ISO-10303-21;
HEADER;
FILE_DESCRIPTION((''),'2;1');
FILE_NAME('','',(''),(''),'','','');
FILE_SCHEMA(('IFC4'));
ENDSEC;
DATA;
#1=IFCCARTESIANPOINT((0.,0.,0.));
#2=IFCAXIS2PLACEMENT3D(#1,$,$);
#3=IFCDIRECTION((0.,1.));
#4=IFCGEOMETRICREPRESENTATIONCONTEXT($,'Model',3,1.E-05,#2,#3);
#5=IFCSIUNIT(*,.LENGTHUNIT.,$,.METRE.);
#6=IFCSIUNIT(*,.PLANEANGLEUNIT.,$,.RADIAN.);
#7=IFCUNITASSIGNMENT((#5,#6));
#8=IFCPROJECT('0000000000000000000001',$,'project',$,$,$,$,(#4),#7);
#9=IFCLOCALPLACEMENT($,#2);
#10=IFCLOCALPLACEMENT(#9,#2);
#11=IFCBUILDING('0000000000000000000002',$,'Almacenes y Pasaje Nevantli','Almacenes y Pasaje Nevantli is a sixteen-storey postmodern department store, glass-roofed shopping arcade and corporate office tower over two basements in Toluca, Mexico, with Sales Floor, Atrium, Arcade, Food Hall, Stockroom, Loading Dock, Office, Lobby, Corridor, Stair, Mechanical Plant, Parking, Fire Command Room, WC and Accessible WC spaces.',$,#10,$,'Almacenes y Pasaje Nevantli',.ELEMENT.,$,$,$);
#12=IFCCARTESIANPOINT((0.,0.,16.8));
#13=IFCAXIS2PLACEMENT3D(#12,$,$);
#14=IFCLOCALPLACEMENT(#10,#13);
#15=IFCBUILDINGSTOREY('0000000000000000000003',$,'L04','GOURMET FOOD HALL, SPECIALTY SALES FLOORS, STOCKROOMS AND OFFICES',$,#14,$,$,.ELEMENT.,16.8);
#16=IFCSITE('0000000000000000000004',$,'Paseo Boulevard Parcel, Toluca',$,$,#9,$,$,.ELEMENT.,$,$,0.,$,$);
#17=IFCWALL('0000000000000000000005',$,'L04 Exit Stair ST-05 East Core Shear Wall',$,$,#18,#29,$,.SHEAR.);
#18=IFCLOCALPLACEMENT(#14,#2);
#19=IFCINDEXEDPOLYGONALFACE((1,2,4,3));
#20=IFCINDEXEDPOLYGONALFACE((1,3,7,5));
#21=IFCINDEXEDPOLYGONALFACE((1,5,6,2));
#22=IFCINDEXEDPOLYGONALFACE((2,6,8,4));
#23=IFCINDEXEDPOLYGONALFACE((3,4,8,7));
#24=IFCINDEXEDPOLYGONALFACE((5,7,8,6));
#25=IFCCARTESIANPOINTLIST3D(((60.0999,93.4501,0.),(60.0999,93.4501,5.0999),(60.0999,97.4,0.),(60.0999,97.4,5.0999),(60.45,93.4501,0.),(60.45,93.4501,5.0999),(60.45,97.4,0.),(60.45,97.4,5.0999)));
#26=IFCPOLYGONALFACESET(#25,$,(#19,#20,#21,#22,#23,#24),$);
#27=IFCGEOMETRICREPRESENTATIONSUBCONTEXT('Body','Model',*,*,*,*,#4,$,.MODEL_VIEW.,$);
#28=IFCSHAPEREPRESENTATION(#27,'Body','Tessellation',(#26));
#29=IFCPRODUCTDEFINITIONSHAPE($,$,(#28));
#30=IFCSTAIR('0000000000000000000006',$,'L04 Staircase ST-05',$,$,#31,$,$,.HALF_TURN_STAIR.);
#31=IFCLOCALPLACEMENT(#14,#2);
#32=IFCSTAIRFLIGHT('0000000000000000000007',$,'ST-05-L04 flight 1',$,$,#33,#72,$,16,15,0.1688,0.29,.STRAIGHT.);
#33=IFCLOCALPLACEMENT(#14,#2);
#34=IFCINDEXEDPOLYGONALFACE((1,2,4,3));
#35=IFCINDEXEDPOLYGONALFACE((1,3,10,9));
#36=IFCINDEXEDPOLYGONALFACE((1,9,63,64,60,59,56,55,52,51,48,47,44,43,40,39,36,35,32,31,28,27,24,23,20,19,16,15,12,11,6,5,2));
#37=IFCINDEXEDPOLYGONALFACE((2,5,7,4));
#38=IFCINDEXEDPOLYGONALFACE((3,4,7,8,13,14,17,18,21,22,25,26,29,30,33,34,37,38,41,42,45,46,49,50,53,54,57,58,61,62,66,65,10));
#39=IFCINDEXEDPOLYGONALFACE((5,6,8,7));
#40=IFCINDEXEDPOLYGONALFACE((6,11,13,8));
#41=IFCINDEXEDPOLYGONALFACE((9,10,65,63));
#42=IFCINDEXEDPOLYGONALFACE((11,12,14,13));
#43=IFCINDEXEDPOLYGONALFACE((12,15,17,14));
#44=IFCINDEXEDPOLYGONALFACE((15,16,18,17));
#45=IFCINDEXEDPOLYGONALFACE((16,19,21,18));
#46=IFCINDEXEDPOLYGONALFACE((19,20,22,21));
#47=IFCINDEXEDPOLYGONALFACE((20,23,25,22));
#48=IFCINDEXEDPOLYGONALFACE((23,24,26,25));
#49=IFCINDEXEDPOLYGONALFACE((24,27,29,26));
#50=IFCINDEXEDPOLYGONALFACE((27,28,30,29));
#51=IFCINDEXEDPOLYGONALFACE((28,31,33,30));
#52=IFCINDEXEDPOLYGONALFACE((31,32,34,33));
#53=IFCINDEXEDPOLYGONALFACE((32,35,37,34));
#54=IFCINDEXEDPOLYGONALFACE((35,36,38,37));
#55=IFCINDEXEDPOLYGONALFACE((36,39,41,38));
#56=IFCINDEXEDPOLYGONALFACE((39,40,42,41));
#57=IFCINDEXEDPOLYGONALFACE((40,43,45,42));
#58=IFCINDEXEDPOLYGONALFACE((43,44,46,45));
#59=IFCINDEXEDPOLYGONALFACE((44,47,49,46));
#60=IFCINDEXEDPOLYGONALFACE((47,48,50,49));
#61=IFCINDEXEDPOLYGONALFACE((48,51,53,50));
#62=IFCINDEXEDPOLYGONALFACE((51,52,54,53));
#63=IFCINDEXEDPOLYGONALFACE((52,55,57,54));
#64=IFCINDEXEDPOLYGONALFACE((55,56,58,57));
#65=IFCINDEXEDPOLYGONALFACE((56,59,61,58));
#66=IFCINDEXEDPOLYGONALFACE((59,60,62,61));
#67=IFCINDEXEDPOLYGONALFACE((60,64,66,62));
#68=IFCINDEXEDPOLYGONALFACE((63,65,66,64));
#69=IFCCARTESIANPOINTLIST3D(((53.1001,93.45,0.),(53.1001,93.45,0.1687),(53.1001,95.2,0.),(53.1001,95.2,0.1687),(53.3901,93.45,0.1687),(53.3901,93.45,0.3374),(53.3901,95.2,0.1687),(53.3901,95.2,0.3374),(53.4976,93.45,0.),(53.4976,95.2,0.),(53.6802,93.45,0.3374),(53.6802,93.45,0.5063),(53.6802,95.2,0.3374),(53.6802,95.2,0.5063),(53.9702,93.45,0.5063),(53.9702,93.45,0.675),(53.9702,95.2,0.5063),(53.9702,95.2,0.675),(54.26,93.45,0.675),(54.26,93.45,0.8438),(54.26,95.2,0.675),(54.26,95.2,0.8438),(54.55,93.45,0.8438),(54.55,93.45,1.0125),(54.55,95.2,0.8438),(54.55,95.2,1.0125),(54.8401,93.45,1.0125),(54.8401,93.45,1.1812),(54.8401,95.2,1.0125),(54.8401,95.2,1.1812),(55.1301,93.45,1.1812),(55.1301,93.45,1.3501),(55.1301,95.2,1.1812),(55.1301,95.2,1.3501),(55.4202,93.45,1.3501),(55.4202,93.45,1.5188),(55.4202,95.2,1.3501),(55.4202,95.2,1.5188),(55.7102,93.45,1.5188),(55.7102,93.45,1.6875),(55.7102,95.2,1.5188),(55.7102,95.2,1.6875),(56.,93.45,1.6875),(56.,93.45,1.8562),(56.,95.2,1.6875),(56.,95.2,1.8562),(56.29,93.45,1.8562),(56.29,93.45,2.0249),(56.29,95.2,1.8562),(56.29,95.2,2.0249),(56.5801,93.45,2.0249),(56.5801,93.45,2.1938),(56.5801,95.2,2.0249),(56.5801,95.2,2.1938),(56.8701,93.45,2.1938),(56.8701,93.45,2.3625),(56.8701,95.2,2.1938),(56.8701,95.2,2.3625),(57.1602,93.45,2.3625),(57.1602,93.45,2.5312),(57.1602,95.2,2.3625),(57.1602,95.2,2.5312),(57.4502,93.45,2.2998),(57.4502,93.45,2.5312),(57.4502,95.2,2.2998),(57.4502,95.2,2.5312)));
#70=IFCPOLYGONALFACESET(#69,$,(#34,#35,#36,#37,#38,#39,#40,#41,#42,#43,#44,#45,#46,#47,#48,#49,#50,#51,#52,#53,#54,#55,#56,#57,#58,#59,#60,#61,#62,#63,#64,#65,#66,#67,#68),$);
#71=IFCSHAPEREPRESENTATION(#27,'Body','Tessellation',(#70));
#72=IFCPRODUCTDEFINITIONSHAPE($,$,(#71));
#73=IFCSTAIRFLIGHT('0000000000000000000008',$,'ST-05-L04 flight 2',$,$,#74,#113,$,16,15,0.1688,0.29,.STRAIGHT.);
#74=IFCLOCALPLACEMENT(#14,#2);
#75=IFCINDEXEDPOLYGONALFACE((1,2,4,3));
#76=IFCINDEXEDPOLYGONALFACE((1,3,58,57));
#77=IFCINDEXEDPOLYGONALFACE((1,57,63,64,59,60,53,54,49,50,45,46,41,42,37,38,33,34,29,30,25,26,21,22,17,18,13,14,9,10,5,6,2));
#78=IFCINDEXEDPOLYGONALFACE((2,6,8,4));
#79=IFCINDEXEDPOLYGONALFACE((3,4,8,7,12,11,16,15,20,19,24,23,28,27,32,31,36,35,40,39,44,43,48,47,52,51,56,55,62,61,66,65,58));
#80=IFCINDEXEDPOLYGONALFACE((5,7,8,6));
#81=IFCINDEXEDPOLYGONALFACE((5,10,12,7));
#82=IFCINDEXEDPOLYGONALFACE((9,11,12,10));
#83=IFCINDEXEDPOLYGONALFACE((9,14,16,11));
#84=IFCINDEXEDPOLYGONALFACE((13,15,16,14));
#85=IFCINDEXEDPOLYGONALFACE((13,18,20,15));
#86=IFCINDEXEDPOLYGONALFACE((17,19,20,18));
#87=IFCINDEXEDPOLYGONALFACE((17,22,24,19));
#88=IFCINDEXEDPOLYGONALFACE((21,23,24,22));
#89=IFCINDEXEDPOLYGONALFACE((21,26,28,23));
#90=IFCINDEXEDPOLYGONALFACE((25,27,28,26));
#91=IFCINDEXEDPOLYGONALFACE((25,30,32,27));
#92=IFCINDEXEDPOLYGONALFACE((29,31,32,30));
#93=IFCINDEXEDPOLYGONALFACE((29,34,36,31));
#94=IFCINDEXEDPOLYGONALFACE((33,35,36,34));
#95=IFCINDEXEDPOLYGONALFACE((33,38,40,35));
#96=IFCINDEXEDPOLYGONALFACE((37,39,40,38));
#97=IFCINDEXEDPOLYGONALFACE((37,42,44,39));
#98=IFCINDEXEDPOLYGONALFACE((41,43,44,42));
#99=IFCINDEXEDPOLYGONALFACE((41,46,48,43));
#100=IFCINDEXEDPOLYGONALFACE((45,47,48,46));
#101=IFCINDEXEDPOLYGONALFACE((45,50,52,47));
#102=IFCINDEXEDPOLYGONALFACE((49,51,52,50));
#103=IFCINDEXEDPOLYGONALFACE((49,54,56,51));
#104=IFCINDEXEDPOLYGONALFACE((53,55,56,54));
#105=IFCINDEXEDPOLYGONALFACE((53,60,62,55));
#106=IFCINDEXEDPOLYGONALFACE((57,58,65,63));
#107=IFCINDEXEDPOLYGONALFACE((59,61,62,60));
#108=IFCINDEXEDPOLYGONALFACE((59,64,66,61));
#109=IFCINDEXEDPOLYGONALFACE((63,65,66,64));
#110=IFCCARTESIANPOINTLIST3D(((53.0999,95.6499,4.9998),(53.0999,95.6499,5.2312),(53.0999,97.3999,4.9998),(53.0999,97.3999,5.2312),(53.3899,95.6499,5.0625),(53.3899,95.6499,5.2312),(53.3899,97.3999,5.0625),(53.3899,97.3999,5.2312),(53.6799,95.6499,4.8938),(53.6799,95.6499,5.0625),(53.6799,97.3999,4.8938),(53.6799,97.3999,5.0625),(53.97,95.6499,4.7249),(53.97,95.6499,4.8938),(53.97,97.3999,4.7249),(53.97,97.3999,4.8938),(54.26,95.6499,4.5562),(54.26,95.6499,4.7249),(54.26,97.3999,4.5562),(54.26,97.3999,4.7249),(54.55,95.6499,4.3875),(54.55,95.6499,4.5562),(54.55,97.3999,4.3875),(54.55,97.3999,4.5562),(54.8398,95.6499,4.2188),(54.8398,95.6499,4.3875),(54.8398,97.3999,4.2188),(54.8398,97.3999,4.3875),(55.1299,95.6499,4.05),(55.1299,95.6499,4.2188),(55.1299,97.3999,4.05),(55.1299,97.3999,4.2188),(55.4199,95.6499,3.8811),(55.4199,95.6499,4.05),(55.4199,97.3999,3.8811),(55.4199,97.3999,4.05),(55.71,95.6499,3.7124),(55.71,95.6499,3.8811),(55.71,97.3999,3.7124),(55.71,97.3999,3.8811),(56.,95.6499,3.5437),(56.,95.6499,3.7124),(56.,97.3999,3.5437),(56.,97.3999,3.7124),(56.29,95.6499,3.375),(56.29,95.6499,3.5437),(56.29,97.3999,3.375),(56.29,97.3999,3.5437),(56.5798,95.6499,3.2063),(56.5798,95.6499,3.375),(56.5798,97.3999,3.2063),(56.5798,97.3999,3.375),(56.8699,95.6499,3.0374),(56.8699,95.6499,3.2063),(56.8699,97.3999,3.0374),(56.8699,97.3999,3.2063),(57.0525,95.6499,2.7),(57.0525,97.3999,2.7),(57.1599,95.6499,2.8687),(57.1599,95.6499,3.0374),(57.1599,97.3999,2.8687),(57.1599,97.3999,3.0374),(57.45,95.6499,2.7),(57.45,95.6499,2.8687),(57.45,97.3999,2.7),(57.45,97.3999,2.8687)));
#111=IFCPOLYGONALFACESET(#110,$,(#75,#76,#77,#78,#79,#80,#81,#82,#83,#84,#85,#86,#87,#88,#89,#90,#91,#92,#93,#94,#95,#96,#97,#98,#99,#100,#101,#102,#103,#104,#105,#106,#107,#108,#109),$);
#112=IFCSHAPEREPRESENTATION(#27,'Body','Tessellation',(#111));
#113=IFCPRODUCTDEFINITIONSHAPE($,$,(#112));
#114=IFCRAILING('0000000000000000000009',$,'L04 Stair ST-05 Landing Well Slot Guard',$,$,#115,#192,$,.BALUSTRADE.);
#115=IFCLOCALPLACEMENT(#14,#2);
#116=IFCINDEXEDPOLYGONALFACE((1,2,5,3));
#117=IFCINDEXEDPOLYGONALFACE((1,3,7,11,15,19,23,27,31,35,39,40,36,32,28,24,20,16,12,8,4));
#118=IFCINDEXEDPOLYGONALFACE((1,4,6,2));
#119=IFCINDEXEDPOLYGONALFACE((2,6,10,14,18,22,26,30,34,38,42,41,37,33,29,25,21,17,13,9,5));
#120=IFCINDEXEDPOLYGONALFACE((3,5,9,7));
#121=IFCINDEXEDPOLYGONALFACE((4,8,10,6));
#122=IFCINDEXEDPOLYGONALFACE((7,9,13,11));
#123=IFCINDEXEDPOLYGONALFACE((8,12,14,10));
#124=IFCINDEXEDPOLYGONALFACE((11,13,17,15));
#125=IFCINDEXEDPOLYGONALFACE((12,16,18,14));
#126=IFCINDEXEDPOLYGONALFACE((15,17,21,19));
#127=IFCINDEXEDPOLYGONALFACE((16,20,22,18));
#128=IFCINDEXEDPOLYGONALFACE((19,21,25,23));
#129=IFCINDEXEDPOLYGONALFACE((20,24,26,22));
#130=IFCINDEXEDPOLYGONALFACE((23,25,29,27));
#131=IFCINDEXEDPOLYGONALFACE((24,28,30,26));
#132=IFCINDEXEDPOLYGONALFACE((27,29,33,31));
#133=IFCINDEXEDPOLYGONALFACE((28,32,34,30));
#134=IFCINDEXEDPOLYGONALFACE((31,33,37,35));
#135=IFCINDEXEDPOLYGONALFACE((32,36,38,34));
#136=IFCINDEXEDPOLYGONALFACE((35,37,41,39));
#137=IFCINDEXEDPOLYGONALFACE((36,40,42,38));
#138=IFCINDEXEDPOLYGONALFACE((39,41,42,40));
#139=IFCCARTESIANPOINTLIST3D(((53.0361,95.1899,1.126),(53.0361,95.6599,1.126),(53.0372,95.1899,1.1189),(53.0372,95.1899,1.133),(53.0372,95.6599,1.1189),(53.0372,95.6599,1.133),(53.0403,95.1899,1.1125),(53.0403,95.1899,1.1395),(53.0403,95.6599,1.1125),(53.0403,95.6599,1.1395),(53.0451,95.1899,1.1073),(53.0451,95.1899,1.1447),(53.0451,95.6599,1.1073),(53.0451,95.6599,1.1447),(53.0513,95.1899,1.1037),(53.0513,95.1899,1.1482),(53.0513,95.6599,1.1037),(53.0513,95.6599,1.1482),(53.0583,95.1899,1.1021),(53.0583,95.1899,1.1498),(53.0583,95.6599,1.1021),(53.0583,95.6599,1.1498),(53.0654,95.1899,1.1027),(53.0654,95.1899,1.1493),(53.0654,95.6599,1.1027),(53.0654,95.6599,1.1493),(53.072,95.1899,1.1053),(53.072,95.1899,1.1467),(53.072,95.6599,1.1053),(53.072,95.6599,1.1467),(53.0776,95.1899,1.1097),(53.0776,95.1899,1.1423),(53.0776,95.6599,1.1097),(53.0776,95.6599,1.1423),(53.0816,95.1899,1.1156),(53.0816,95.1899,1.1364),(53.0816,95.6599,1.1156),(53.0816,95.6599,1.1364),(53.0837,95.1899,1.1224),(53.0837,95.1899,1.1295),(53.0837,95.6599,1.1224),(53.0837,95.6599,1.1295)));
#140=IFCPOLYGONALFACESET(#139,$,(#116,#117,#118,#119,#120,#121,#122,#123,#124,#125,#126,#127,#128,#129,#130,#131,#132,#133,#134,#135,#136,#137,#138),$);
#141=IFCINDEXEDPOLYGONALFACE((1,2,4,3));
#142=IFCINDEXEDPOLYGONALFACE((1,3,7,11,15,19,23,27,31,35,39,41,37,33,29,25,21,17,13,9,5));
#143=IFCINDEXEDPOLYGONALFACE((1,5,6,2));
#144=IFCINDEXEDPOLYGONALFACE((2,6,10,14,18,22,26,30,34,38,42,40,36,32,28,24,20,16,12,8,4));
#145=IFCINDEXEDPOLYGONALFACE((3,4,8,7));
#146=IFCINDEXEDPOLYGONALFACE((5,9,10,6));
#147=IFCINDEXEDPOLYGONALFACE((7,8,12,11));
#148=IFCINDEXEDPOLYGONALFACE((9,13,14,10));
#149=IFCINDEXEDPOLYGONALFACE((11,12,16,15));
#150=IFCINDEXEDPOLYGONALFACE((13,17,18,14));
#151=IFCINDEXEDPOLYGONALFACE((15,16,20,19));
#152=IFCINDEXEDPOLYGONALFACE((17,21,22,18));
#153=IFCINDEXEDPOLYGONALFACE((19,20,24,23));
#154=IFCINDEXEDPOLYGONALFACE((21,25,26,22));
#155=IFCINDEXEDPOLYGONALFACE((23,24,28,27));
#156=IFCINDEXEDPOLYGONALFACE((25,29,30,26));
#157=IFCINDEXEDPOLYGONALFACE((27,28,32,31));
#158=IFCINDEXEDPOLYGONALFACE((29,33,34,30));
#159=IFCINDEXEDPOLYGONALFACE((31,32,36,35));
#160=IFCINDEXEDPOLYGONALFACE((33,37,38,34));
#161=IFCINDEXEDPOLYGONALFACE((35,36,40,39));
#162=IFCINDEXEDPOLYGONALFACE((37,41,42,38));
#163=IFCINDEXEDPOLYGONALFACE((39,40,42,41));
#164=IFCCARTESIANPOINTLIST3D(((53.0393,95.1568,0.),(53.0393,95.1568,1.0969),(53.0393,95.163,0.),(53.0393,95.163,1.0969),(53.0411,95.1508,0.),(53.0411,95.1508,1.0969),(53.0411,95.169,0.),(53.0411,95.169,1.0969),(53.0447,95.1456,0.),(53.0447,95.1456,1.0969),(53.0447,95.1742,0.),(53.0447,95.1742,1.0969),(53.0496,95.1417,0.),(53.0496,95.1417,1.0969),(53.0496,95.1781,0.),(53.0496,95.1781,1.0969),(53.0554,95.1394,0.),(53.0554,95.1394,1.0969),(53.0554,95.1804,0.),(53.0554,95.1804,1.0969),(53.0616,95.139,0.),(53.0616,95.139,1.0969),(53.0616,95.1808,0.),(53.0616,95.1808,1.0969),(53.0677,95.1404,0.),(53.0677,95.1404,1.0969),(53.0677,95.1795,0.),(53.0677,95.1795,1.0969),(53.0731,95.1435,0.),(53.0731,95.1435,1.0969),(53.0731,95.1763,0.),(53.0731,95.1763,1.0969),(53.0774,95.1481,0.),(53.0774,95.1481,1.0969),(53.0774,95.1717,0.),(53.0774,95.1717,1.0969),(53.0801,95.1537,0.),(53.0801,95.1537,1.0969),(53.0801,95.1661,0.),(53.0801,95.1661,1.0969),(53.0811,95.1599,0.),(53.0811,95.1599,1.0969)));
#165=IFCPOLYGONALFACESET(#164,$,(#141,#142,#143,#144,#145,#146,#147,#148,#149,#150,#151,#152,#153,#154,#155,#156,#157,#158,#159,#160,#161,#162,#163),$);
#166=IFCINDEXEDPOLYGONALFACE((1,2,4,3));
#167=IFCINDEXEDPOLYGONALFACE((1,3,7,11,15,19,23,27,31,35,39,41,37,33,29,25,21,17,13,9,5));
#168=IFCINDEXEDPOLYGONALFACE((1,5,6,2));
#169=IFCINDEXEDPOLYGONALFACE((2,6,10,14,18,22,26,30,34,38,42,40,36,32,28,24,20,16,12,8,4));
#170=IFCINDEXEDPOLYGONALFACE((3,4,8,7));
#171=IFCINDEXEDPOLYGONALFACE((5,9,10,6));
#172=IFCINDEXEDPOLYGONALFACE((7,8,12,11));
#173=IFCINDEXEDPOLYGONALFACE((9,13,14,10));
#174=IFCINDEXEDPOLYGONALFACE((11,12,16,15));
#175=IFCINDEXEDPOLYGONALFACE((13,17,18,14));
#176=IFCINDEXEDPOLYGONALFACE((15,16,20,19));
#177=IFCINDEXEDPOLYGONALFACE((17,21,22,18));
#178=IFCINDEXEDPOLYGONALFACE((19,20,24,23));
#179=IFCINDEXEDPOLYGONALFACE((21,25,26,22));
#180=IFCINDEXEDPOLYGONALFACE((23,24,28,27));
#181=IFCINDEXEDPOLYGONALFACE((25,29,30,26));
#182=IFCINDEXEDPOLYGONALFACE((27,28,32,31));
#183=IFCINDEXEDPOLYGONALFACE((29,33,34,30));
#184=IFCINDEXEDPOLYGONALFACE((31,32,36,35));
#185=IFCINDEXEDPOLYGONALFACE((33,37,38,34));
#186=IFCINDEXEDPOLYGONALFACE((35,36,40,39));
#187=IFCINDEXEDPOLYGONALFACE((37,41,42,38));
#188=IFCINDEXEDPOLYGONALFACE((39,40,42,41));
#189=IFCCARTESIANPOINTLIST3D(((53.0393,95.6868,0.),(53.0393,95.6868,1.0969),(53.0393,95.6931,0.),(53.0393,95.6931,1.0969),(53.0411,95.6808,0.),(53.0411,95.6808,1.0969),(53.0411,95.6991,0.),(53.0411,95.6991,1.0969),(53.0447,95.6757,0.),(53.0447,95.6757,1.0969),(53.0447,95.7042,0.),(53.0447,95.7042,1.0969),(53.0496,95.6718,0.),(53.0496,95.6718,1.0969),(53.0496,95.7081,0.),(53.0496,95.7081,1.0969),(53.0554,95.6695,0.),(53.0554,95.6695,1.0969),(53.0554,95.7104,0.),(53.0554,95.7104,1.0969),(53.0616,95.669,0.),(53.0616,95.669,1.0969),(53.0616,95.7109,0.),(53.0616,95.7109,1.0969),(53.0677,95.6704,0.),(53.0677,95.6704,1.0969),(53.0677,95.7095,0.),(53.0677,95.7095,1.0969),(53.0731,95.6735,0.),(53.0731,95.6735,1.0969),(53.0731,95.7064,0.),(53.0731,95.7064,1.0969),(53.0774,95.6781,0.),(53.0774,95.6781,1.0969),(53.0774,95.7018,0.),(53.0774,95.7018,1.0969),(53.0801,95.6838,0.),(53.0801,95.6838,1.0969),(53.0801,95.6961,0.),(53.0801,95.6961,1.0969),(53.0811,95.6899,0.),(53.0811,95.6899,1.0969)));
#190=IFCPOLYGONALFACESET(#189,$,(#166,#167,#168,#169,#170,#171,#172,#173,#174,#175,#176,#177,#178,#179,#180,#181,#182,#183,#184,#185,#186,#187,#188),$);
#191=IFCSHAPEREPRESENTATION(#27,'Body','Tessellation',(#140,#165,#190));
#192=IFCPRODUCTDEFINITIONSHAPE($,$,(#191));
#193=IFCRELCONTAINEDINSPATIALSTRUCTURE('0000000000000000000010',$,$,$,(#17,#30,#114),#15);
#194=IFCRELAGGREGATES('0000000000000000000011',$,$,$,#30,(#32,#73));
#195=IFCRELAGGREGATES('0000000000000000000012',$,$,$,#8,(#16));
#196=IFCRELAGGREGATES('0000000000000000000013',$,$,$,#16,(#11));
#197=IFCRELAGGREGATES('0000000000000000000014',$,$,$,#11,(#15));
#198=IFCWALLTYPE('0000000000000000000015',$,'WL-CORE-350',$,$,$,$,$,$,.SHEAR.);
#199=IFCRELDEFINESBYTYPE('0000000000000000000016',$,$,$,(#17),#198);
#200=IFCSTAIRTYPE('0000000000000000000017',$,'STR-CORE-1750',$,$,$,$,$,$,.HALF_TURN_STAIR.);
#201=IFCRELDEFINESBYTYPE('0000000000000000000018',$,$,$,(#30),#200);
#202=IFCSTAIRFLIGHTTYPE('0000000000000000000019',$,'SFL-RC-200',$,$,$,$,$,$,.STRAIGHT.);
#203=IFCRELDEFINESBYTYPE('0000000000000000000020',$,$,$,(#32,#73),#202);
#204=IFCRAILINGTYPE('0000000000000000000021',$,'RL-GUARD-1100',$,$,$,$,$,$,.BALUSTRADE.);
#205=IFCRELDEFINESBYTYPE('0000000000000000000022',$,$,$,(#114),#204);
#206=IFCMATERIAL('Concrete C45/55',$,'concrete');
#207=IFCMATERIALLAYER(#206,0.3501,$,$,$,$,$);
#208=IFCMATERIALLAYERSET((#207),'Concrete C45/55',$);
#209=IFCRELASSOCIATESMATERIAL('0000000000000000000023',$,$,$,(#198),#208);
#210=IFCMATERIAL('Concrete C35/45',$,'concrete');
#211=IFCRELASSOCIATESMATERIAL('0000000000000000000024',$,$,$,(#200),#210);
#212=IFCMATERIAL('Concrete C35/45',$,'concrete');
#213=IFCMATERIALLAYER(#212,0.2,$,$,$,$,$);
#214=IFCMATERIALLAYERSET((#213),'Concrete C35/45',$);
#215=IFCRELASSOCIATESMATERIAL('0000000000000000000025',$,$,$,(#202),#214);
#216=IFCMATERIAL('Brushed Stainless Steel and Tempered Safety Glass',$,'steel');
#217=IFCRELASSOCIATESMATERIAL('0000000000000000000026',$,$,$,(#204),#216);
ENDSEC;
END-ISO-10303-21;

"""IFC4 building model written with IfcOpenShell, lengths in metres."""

from ifc_helpers import new_model, si_unit, direction, frame, frame_2d, origin, origin_2d, place, context, subcontext, project, spatial, polyline, rectangle, circle, outline, extrude, material, layer, layer_set, type_object, element, aggregate, save


model = new_model("IFC4")

# Units and contexts
model_context = context("Model", 3, precision=1e-05, world=origin(), true_north=direction((0.0, 1.0)))
body_context = subcontext(model_context, "Body", "Model", "MODEL_VIEW")
ifc_project = project(units=[si_unit("LENGTHUNIT", "METRE"), si_unit("PLANEANGLEUNIT", "RADIAN")], contexts=[model_context])

# Site, building, storey
site_placement = place(None, origin())
site = spatial("IfcSite", under=ifc_project, at=site_placement, Name="Paseo Boulevard Parcel, Toluca", CompositionType="ELEMENT", RefElevation=0.0)
building_placement = place(site_placement, origin())
building = spatial("IfcBuilding", under=site, at=building_placement, Name="Almacenes y Pasaje Nevantli", Description="Almacenes y Pasaje Nevantli is a sixteen-storey postmodern department store, glass-roofed shopping arcade and corporate office tower over two basements in Toluca, Mexico, with Sales Floor, Atrium, Arcade, Food Hall, Stockroom, Loading Dock, Office, Lobby, Corridor, Stair, Mechanical Plant, Parking, Fire Command Room, WC and Accessible WC spaces.", LongName="Almacenes y Pasaje Nevantli", CompositionType="ELEMENT")
storey_placement = place(building_placement, frame((0.0, 0.0, 16.8)))
storey = spatial("IfcBuildingStorey", under=building, at=storey_placement, Name="L04", Description="GOURMET FOOD HALL, SPECIALTY SALES FLOORS, STOCKROOMS AND OFFICES", CompositionType="ELEMENT", Elevation=16.8)

# Shared definitions
ifc_material_1 = material(Name="Concrete C45/55", Category="concrete")
ifc_layer_1 = layer(ifc_material_1, 0.3501)
ifc_layer_set_1 = layer_set([ifc_layer_1], Name="Concrete C45/55")
wall_type = type_object("IfcWallType", Name="WL-CORE-350", PredefinedType="SHEAR", material=ifc_layer_set_1)

# Wall
for number, where, z_axis, x_axis, name in (
    (1, (60.2749, 93.45, 0.0), (0.0, 0.0, 1.0), (0.0, 1.0, 0.0), "L04 Exit Stair ST-05 East Core Shear Wall"),
):
    element("IfcWall", number, at=place(storey_placement, frame(where, z_axis=z_axis, x_axis=x_axis)), inside=storey, type_object=wall_type, Name=name, PredefinedType="SHEAR", context=body_context, shape_type="SweptSolid", body=[
        extrude(rectangle(XDim=3.95, YDim=0.3501, at=frame_2d((1.9751, 0.0))), origin(), (0.0, 0.0, 1.0), 5.0999),
    ])

# Stair, stair flights
ifc_material_2 = material(Name="Concrete C35/45", Category="concrete")
stair_type = type_object("IfcStairType", Name="STR-CORE-1750", PredefinedType="HALF_TURN_STAIR", material=ifc_material_2)
stair_placement = place(storey_placement, origin())
stair = element("IfcStair", 2, at=stair_placement, inside=storey, type_object=stair_type, Name="L04 Staircase ST-05", PredefinedType="HALF_TURN_STAIR")
ifc_material_3 = material(Name="Concrete C35/45", Category="concrete")
ifc_layer_2 = layer(ifc_material_3, 0.2)
ifc_layer_set_2 = layer_set([ifc_layer_2], Name="Concrete C35/45")
stair_flight_type = type_object("IfcStairFlightType", Name="SFL-RC-200", PredefinedType="STRAIGHT", material=ifc_layer_set_2)
stair_flight_1_placement = place(storey_placement, frame((53.1001, 94.325, 0.0), z_axis=(0.0, 0.0, 1.0), x_axis=(1.0, 0.0, 0.0)))
stair_flight_1 = element("IfcStairFlight", 3, at=stair_flight_1_placement, type_object=stair_flight_type, Name="ST-05-L04 flight 1", NumberOfRisers=16, NumberOfTreads=15, PredefinedType="STRAIGHT", RiserHeight=0.1688, TreadLength=0.29, context=body_context, shape_type="SweptSolid", body=[
    extrude(outline(polyline([(0.0, 0.0), (0.0, 0.1687), (0.29, 0.1687), (0.29, 0.3374), (0.5801, 0.3374), (0.5801, 0.5063), (0.8701, 0.5063), (0.8701, 0.675), (1.1599, 0.675), (1.1599, 0.8438), (1.45, 0.8438), (1.45, 1.0125), (1.74, 1.0125), (1.74, 1.1812), (2.03, 1.1812), (2.03, 1.3501), (2.3201, 1.3501), (2.3201, 1.5188), (2.6101, 1.5188), (2.6101, 1.6875), (2.8999, 1.6875), (2.8999, 1.8562), (3.1899, 1.8562), (3.1899, 2.0249), (3.48, 2.0249), (3.48, 2.1938), (3.77, 2.1938), (3.77, 2.3625), (4.0601, 2.3625), (4.0601, 2.5312), (4.3501, 2.5312), (4.3501, 2.7), (4.3501, 2.2998), (0.3975, 0.0), (0.0, 0.0)])), frame((0.0, 0.875, 0.0), z_axis=(0.0, -1.0, 0.0), x_axis=(1.0, 0.0, 0.0)), (0.0, 0.0, 1.0), 1.75),
])
stair_flight_2_placement = place(storey_placement, frame((57.45, 96.5249, 2.7), z_axis=(0.0, 0.0, 1.0), x_axis=(-1.0, 0.0, 0.0)))
stair_flight_2 = element("IfcStairFlight", 4, at=stair_flight_2_placement, type_object=stair_flight_type, Name="ST-05-L04 flight 2", NumberOfRisers=16, NumberOfTreads=15, PredefinedType="STRAIGHT", RiserHeight=0.1688, TreadLength=0.29, context=body_context, shape_type="SweptSolid", body=[
    extrude(outline(polyline([(0.0, 0.0), (0.0, 0.1687), (0.29, 0.1687), (0.29, 0.3374), (0.5801, 0.3374), (0.5801, 0.5063), (0.8701, 0.5063), (0.8701, 0.675), (1.1599, 0.675), (1.1599, 0.8438), (1.45, 0.8438), (1.45, 1.0125), (1.74, 1.0125), (1.74, 1.1812), (2.03, 1.1812), (2.03, 1.3501), (2.3201, 1.3501), (2.3201, 1.5188), (2.6101, 1.5188), (2.6101, 1.6875), (2.8999, 1.6875), (2.8999, 1.8562), (3.1899, 1.8562), (3.1899, 2.0249), (3.48, 2.0249), (3.48, 2.1938), (3.77, 2.1938), (3.77, 2.3625), (4.0601, 2.3625), (4.0601, 2.5312), (4.3501, 2.5312), (4.3501, 2.7), (4.3501, 2.2998), (0.3975, 0.0), (0.0, 0.0)])), frame((0.0, 0.875, 0.0), z_axis=(0.0, -1.0, 0.0), x_axis=(1.0, 0.0, 0.0)), (0.0, 0.0, 1.0), 1.75),
])
aggregate(stair, [stair_flight_1, stair_flight_2])

# Railing
ifc_material_4 = material(Name="Brushed Stainless Steel and Tempered Safety Glass", Category="steel")
railing_type_1 = type_object("IfcRailingType", Name="RL-GUARD-1100", PredefinedType="BALUSTRADE", material=ifc_material_4)
railing_1_placement = place(storey_placement, frame((53.0601, 95.1599, 0.0)))
element("IfcRailing", 5, at=railing_1_placement, inside=storey, type_object=railing_type_1, Name="L04 Stair ST-05 Landing Well Slot Guard", PredefinedType="BALUSTRADE", context=body_context, shape_type="SweptSolid", body=[
    extrude(circle(Radius=0.0239, at=origin_2d()), frame((0.0, 0.03, 1.126), z_axis=(0.0, 1.0, 0.0), x_axis=(-1.0, 0.0, 0.0)), (0.0, 0.0, 1.0), 0.47),
    extrude(circle(Radius=0.021, at=origin_2d()), origin(), (0.0, 0.0, 1.0), 1.0969),
    extrude(circle(Radius=0.021, at=origin_2d()), frame((0.0, 0.53, 0.0)), (0.0, 0.0, 1.0), 1.0969),
])

save(model, "model.ifc")
